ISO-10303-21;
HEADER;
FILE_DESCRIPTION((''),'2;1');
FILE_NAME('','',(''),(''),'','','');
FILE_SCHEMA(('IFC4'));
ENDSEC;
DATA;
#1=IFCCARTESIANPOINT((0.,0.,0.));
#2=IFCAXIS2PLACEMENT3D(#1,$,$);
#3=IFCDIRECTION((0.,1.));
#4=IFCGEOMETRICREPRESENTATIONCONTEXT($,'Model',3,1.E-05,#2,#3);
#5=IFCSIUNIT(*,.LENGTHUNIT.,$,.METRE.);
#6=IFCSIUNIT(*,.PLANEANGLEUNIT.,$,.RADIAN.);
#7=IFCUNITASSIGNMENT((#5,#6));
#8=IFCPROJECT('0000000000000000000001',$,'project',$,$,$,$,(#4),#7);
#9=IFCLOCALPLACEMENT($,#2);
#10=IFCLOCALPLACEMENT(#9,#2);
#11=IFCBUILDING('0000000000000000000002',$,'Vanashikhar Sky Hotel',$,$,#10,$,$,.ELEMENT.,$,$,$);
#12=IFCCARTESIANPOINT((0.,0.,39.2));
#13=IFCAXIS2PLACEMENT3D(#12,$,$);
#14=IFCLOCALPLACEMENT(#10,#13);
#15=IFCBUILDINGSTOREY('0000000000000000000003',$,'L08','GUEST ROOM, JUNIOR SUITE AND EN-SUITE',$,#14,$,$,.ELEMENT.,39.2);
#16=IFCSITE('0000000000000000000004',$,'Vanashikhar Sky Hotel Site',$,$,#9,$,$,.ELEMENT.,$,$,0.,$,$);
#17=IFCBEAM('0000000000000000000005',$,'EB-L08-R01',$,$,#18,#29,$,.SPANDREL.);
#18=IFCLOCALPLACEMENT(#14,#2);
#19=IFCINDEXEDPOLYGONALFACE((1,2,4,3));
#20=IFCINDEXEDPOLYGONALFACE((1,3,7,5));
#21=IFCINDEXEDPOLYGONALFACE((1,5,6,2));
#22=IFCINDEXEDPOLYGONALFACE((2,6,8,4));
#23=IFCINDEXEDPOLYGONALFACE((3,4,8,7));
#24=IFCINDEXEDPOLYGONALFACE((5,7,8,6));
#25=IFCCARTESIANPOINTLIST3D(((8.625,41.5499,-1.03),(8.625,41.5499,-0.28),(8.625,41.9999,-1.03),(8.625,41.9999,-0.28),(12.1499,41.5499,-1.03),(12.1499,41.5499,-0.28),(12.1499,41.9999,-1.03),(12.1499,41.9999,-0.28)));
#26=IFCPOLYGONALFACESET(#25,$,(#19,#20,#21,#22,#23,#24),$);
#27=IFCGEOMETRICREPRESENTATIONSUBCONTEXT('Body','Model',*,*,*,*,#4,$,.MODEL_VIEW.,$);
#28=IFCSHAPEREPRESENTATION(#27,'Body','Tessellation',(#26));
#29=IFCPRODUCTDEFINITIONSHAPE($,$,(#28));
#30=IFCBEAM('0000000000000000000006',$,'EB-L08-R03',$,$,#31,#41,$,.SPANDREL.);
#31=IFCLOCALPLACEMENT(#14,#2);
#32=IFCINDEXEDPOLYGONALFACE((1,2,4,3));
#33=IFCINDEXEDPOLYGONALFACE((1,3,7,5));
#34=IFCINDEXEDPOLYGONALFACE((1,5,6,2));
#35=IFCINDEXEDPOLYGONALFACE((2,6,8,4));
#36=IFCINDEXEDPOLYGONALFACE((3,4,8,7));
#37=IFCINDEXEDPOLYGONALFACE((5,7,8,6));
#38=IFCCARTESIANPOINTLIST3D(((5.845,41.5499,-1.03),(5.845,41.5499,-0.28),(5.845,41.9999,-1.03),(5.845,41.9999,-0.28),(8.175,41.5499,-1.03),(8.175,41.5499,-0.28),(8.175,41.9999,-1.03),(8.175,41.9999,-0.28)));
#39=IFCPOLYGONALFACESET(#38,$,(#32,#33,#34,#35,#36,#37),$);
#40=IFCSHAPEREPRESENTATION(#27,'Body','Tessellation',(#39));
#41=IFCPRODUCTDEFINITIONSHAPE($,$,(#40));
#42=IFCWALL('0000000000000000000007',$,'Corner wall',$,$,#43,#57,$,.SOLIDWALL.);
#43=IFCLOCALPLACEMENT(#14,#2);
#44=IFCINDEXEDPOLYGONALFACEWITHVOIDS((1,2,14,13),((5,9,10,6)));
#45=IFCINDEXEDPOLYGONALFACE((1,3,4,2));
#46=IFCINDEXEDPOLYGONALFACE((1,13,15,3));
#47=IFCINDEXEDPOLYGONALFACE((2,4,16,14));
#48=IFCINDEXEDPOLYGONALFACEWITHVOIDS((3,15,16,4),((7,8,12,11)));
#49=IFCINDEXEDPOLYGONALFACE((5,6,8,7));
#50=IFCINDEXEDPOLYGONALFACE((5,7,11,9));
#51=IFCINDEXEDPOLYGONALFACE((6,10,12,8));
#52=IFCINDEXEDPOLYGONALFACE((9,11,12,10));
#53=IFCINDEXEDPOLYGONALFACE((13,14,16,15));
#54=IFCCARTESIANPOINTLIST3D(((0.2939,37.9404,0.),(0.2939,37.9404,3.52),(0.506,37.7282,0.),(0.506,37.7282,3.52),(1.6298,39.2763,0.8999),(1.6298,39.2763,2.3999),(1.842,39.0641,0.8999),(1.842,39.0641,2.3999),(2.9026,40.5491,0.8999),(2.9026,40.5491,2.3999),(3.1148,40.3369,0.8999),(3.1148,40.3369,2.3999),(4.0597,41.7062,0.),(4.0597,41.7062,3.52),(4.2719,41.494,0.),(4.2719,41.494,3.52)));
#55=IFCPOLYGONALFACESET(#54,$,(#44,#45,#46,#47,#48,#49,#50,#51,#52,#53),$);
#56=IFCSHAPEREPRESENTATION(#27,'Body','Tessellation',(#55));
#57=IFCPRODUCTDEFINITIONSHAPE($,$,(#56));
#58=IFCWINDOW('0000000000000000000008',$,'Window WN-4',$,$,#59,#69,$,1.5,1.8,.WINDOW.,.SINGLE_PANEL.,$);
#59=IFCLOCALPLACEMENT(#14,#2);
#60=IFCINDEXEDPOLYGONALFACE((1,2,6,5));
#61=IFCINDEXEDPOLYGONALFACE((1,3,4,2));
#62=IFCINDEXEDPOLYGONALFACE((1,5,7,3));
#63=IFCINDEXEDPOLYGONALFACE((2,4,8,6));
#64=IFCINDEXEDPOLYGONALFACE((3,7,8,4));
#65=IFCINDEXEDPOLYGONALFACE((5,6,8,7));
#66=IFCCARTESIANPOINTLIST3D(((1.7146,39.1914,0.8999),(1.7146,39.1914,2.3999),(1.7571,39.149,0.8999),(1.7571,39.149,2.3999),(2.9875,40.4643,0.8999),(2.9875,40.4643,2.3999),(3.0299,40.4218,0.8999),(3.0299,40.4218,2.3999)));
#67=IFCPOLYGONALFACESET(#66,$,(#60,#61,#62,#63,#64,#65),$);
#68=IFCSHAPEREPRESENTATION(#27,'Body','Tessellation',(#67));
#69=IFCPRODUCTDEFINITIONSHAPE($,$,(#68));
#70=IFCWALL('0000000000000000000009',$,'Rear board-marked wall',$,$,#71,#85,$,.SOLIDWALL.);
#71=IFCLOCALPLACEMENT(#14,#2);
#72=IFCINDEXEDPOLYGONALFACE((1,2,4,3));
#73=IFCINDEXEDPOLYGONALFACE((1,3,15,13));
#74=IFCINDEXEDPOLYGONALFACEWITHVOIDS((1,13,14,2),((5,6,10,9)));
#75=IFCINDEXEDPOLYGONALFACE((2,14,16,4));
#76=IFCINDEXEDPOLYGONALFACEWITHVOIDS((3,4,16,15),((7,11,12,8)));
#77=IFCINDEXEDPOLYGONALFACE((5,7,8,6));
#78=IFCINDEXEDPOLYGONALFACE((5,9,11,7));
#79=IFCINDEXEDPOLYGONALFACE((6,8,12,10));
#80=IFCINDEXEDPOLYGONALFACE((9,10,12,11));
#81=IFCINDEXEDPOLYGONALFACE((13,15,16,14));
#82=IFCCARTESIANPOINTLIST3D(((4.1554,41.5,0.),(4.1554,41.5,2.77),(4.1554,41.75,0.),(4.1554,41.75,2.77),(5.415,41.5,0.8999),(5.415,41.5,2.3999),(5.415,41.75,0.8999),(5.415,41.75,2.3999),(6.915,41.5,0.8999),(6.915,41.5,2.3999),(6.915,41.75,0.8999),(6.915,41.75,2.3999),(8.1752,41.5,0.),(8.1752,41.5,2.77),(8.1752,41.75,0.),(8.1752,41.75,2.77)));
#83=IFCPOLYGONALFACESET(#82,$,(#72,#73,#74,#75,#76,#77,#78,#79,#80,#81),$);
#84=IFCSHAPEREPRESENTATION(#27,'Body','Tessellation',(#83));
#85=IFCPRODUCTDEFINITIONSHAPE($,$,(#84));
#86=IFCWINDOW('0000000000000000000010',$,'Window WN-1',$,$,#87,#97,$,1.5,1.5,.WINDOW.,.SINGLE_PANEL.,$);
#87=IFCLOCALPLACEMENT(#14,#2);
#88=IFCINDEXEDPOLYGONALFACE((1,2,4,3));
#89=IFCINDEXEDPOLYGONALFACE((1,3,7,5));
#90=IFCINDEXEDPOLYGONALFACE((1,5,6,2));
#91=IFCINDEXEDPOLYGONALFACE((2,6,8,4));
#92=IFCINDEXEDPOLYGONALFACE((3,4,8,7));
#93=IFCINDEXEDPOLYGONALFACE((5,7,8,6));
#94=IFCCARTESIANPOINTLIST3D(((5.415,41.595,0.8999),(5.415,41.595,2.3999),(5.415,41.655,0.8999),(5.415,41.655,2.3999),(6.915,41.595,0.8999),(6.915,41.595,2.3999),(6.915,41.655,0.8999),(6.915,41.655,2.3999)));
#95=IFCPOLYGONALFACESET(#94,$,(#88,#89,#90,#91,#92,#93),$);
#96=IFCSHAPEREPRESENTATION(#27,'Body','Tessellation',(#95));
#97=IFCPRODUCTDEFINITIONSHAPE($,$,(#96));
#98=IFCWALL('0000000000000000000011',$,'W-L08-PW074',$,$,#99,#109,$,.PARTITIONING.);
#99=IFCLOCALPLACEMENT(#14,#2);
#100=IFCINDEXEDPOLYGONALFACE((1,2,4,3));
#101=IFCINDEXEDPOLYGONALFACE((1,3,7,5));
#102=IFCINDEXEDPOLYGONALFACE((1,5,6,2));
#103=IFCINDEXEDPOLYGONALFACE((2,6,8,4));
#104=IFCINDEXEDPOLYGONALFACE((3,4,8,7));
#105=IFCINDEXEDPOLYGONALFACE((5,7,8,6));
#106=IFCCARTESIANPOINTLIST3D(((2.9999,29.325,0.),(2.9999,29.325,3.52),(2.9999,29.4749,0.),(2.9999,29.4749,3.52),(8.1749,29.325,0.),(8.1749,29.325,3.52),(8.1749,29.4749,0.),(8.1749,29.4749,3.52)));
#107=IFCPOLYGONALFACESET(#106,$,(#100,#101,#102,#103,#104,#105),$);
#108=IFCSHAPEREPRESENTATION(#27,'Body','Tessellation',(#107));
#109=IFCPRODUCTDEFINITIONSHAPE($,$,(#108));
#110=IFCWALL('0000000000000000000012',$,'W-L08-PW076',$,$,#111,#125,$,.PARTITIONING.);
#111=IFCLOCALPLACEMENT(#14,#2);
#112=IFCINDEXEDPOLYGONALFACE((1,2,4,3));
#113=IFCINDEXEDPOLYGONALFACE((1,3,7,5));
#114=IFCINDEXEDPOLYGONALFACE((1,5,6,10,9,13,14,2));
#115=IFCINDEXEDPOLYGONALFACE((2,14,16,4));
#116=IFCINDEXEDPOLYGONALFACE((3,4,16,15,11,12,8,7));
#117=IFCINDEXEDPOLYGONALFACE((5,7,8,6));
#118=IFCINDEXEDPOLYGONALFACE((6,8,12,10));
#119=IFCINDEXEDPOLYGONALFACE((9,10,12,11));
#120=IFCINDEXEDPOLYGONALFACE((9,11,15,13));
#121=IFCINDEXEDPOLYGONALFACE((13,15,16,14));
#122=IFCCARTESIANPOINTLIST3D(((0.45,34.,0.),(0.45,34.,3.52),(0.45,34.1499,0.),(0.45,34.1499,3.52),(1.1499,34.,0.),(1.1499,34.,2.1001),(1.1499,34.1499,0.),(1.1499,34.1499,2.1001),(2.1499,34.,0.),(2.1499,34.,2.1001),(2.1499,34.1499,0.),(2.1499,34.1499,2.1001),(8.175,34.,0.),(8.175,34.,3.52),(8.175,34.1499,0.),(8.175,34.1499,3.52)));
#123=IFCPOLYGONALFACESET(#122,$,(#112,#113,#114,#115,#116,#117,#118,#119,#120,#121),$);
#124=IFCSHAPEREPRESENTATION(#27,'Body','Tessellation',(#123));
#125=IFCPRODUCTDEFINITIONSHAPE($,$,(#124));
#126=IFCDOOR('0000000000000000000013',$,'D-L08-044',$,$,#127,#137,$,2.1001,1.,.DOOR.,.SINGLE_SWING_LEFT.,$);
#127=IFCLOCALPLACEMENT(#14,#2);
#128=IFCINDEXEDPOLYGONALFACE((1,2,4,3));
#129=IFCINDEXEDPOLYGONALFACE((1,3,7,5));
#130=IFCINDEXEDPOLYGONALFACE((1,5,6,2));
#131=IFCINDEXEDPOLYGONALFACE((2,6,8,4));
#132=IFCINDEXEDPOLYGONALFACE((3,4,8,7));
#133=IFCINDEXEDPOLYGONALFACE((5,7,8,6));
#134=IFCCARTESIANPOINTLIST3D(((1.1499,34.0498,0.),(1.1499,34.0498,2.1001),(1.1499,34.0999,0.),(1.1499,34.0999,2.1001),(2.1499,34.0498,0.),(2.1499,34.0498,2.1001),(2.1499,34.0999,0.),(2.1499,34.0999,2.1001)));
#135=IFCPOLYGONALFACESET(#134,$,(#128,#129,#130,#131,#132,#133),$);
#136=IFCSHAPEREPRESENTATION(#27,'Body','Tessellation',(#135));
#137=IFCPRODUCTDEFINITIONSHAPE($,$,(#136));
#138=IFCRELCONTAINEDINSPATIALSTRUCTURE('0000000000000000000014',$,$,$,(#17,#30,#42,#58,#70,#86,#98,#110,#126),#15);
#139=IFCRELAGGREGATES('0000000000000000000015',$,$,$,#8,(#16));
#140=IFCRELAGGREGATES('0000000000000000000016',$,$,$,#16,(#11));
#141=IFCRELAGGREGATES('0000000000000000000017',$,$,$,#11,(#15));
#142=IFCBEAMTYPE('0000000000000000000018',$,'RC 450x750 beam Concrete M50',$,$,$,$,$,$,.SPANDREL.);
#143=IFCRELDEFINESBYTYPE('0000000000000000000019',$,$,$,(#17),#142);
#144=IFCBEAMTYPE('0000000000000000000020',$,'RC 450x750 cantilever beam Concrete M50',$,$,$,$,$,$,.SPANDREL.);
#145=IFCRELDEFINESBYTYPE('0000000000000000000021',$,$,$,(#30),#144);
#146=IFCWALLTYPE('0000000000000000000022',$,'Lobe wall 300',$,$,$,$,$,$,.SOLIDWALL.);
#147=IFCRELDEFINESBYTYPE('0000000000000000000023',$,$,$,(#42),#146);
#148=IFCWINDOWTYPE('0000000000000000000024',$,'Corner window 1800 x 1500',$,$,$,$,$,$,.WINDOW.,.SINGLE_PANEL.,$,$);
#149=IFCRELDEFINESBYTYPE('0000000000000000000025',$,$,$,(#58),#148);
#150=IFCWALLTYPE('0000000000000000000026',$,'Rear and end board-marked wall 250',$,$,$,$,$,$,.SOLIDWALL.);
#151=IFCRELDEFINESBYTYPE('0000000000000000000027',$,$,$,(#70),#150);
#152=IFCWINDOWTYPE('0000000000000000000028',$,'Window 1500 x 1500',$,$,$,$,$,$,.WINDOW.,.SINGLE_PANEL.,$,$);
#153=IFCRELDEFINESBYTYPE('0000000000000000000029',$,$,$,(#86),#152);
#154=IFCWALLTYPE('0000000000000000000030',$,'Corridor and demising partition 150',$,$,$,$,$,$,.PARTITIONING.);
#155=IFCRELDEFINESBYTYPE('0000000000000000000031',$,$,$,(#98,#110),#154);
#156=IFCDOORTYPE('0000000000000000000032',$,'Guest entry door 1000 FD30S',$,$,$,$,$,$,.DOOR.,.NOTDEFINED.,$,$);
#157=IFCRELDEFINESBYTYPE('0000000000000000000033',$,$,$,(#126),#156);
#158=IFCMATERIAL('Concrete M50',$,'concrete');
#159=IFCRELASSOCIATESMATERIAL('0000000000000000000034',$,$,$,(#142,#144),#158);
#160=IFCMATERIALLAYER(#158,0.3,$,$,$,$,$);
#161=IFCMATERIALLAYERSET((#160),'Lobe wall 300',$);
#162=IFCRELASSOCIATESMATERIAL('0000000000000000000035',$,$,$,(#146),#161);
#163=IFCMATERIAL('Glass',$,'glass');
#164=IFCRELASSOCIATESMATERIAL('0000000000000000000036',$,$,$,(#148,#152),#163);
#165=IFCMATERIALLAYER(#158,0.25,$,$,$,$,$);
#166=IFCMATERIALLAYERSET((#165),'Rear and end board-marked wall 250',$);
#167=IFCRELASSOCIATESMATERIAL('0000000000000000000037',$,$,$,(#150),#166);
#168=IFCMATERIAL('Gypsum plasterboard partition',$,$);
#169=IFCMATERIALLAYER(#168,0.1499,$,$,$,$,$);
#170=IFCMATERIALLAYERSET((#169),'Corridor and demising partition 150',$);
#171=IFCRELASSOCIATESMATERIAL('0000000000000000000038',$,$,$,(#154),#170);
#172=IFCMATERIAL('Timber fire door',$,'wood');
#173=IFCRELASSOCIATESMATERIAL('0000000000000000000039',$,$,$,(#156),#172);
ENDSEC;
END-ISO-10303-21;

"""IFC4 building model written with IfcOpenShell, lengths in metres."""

from ifc_helpers import new_model, si_unit, direction, frame, frame_2d, origin, origin_2d, place, context, subcontext, project, spatial, rectangle, extrude, source, transform, mapped, material, layer, layer_set, material_profile, profile_set, type_object, element, fill, save


model = new_model("IFC4")

# Units and contexts
model_context = context("Model", 3, precision=1e-05, world=origin(), true_north=direction((0.0, 1.0)))
body_context = subcontext(model_context, "Body", "Model", "MODEL_VIEW")
ifc_project = project(units=[si_unit("LENGTHUNIT", "METRE"), si_unit("PLANEANGLEUNIT", "RADIAN")], contexts=[model_context])

# Site, building, storey
site_placement = place(None, origin())
site = spatial("IfcSite", under=ifc_project, at=site_placement, Name="Vanashikhar Sky Hotel Site", CompositionType="ELEMENT", RefElevation=0.0)
building_placement = place(site_placement, origin())
building = spatial("IfcBuilding", under=site, at=building_placement, Name="Vanashikhar Sky Hotel", CompositionType="ELEMENT")
storey_placement = place(building_placement, frame((0.0, 0.0, 39.2)))
storey = spatial("IfcBuildingStorey", under=building, at=storey_placement, Name="L08", Description="GUEST ROOM, JUNIOR SUITE AND EN-SUITE", CompositionType="ELEMENT", Elevation=39.2)

# Beams
ifc_material_1 = material(Name="Concrete M50", Category="concrete")
ifc_material_profile_1 = material_profile(ifc_material_1, rectangle(XDim=0.45, YDim=0.75, at=origin_2d()))
ifc_profile_set_1 = profile_set([ifc_material_profile_1], Name="RC 450x750 beam Concrete M50")
beam_type_1 = type_object("IfcBeamType", Name="RC 450x750 beam Concrete M50", PredefinedType="SPANDREL", material=ifc_profile_set_1)
shared_shape_1 = source(origin(), body_context, "Body", "SweptSolid", [
    extrude(rectangle(XDim=0.45, YDim=0.75, at=origin_2d()), origin(), (0.0, 0.0, 1.0), 3.5249),
])
beam_1_placement = place(storey_placement, frame((8.625, 41.7749, -0.655), z_axis=(1.0, 0.0, 0.0), x_axis=(0.0, 1.0, 0.0)))
element("IfcBeam", 1, at=beam_1_placement, inside=storey, type_object=beam_type_1, Name="EB-L08-R01", PredefinedType="SPANDREL", context=body_context, shape_type="MappedRepresentation", body=[
    mapped(shared_shape_1, transform((0.0, 0.0, 0.0), scale=1.0)),
])
ifc_material_profile_2 = material_profile(ifc_material_1, rectangle(XDim=0.45, YDim=0.75, at=origin_2d()))
ifc_profile_set_2 = profile_set([ifc_material_profile_2], Name="RC 450x750 cantilever beam Concrete M50")
beam_type_2 = type_object("IfcBeamType", Name="RC 450x750 cantilever beam Concrete M50", PredefinedType="SPANDREL", material=ifc_profile_set_2)
shared_shape_2 = source(origin(), body_context, "Body", "SweptSolid", [
    extrude(rectangle(XDim=0.45, YDim=0.75, at=origin_2d()), origin(), (0.0, 0.0, 1.0), 2.3301),
])
beam_2_placement = place(storey_placement, frame((5.845, 41.7749, -0.655), z_axis=(1.0, 0.0, 0.0), x_axis=(0.0, 1.0, 0.0)))
element("IfcBeam", 2, at=beam_2_placement, inside=storey, type_object=beam_type_2, Name="EB-L08-R03", PredefinedType="SPANDREL", context=body_context, shape_type="MappedRepresentation", body=[
    mapped(shared_shape_2, transform((0.0, 0.0, 0.0), scale=1.0)),
])

# Walls, openings, windows
ifc_layer_1 = layer(ifc_material_1, 0.3)
ifc_layer_set_1 = layer_set([ifc_layer_1], Name="Lobe wall 300")
wall_type_1 = type_object("IfcWallType", Name="Lobe wall 300", PredefinedType="SOLIDWALL", material=ifc_layer_set_1)
shared_shape_3 = source(origin(), body_context, "Body", "SweptSolid", [
    extrude(rectangle(XDim=5.3257, YDim=0.3, at=frame_2d((2.6628, 0.0))), origin(), (0.0, 0.0, 1.0), 3.52),
])
wall_1_placement = place(storey_placement, frame((4.1658, 41.6001, 0.0), z_axis=(0.0, 0.0, 1.0), x_axis=(-0.707107, -0.707107, 0.0)))
wall_1 = element("IfcWall", 3, at=wall_1_placement, inside=storey, type_object=wall_type_1, Name="Corner wall", PredefinedType="SOLIDWALL", context=body_context, shape_type="MappedRepresentation", body=[
    mapped(shared_shape_3, transform((0.0, 0.0, 0.0), scale=1.0)),
])
shared_shape_4 = source(origin(), body_context, "Body", "SweptSolid", [
    extrude(rectangle(XDim=1.8, YDim=1.5, at=frame_2d((0.8999, 0.75))), frame((0.0, 0.1602, 0.0), z_axis=(0.0, -1.0, 0.0), x_axis=(1.0, 0.0, 0.0)), (0.0, 0.0, 1.0), 0.3201),
])
opening_1_placement = place(wall_1_placement, frame((1.6365, 0.0, 0.8999)))
opening_1 = element("IfcOpeningElement", 4, at=opening_1_placement, cuts=wall_1, PredefinedType="OPENING", context=body_context, shape_type="MappedRepresentation", body=[
    mapped(shared_shape_4, transform((0.0, 0.0, 0.0), scale=1.0)),
])
ifc_material_2 = material(Name="Glass", Category="glass")
window_type_1 = type_object("IfcWindowType", Name="Corner window 1800 x 1500", PartitioningType="SINGLE_PANEL", PredefinedType="WINDOW", material=ifc_material_2)
shared_shape_5 = source(origin(), body_context, "Body", "SweptSolid", [
    extrude(rectangle(XDim=1.8, YDim=1.5, at=frame_2d((0.8999, 0.75))), frame((0.0, 0.03, 0.0), z_axis=(0.0, -1.0, 0.0), x_axis=(1.0, 0.0, 0.0)), (0.0, 0.0, 1.0), 0.0601),
])
window_1_placement = place(opening_1_placement, origin())
window_1 = element("IfcWindow", 5, at=window_1_placement, inside=storey, type_object=window_type_1, Name="Window WN-4", OverallHeight=1.5, OverallWidth=1.8, PartitioningType="SINGLE_PANEL", PredefinedType="WINDOW", context=body_context, shape_type="MappedRepresentation", body=[
    mapped(shared_shape_5, transform((0.0, 0.0, 0.0), scale=1.0)),
])
fill(opening_1, window_1)
ifc_layer_2 = layer(ifc_material_1, 0.25)
ifc_layer_set_2 = layer_set([ifc_layer_2], Name="Rear and end board-marked wall 250")
wall_type_2 = type_object("IfcWallType", Name="Rear and end board-marked wall 250", PredefinedType="SOLIDWALL", material=ifc_layer_set_2)
shared_shape_6 = source(origin(), body_context, "Body", "SweptSolid", [
    extrude(rectangle(XDim=4.0198, YDim=0.25, at=frame_2d((2.0098, 0.0))), origin(), (0.0, 0.0, 1.0), 2.77),
])
wall_2_placement = place(storey_placement, frame((8.175, 41.625, 0.0), z_axis=(0.0, 0.0, 1.0), x_axis=(-1.0, 0.0, 0.0)))
wall_2 = element("IfcWall", 6, at=wall_2_placement, inside=storey, type_object=wall_type_2, Name="Rear board-marked wall", PredefinedType="SOLIDWALL", context=body_context, shape_type="MappedRepresentation", body=[
    mapped(shared_shape_6, transform((0.0, 0.0, 0.0), scale=1.0)),
])
shared_shape_7 = source(origin(), body_context, "Body", "SweptSolid", [
    extrude(rectangle(XDim=1.5, YDim=1.5, at=frame_2d((0.75, 0.75))), frame((0.0, 0.135, 0.0), z_axis=(0.0, -1.0, 0.0), x_axis=(1.0, 0.0, 0.0)), (0.0, 0.0, 1.0), 0.27),
])
opening_2_placement = place(wall_2_placement, frame((1.26, 0.0, 0.8999)))
opening_2 = element("IfcOpeningElement", 7, at=opening_2_placement, cuts=wall_2, PredefinedType="OPENING", context=body_context, shape_type="MappedRepresentation", body=[
    mapped(shared_shape_7, transform((0.0, 0.0, 0.0), scale=1.0)),
])
window_type_2 = type_object("IfcWindowType", Name="Window 1500 x 1500", PartitioningType="SINGLE_PANEL", PredefinedType="WINDOW", material=ifc_material_2)
shared_shape_8 = source(origin(), body_context, "Body", "SweptSolid", [
    extrude(rectangle(XDim=1.5, YDim=1.5, at=frame_2d((0.75, 0.75))), frame((0.0, 0.03, 0.0), z_axis=(0.0, -1.0, 0.0), x_axis=(1.0, 0.0, 0.0)), (0.0, 0.0, 1.0), 0.0601),
])
window_2_placement = place(opening_2_placement, origin())
window_2 = element("IfcWindow", 8, at=window_2_placement, inside=storey, type_object=window_type_2, Name="Window WN-1", OverallHeight=1.5, OverallWidth=1.5, PartitioningType="SINGLE_PANEL", PredefinedType="WINDOW", context=body_context, shape_type="MappedRepresentation", body=[
    mapped(shared_shape_8, transform((0.0, 0.0, 0.0), scale=1.0)),
])
fill(opening_2, window_2)

# Wall
ifc_material_3 = material(Name="Gypsum plasterboard partition")
ifc_layer_3 = layer(ifc_material_3, 0.1499)
ifc_layer_set_3 = layer_set([ifc_layer_3], Name="Corridor and demising partition 150")
wall_type_3 = type_object("IfcWallType", Name="Corridor and demising partition 150", PredefinedType="PARTITIONING", material=ifc_layer_set_3)
shared_shape_9 = source(origin(), body_context, "Body", "SweptSolid", [
    extrude(rectangle(XDim=5.175, YDim=0.1499, at=frame_2d((2.5874, 0.0))), origin(), (0.0, 0.0, 1.0), 3.52),
])
wall_3_placement = place(storey_placement, frame((3.0, 29.3999, 0.0), z_axis=(0.0, 0.0, 1.0), x_axis=(1.0, 0.0, 0.0)))
element("IfcWall", 9, at=wall_3_placement, inside=storey, type_object=wall_type_3, Name="W-L08-PW074", PredefinedType="PARTITIONING", context=body_context, shape_type="MappedRepresentation", body=[
    mapped(shared_shape_9, transform((0.0, 0.0, 0.0), scale=1.0)),
])

# Wall, opening, door
shared_shape_10 = source(origin(), body_context, "Body", "SweptSolid", [
    extrude(rectangle(XDim=7.7251, YDim=0.1499, at=frame_2d((3.8625, 0.0))), origin(), (0.0, 0.0, 1.0), 3.52),
])
wall_4_placement = place(storey_placement, frame((0.45, 34.075, 0.0), z_axis=(0.0, 0.0, 1.0), x_axis=(1.0, 0.0, 0.0)))
wall_4 = element("IfcWall", 10, at=wall_4_placement, inside=storey, type_object=wall_type_3, Name="W-L08-PW076", PredefinedType="PARTITIONING", context=body_context, shape_type="MappedRepresentation", body=[
    mapped(shared_shape_10, transform((0.0, 0.0, 0.0), scale=1.0)),
])
shared_shape_11 = source(origin(), body_context, "Body", "SweptSolid", [
    extrude(rectangle(XDim=1.0, YDim=2.1001, at=frame_2d((0.5, 1.05))), frame((0.0, 0.085, 0.0), z_axis=(0.0, -1.0, 0.0), x_axis=(1.0, 0.0, 0.0)), (0.0, 0.0, 1.0), 0.1699),
])
opening_3_placement = place(wall_4_placement, frame((0.7, 0.0, 0.0)))
opening_3 = element("IfcOpeningElement", 11, at=opening_3_placement, cuts=wall_4, PredefinedType="OPENING", context=body_context, shape_type="MappedRepresentation", body=[
    mapped(shared_shape_11, transform((0.0, 0.0, 0.0), scale=1.0)),
])
ifc_material_4 = material(Name="Timber fire door", Category="wood")
door_type_1 = type_object("IfcDoorType", Name="Guest entry door 1000 FD30S", OperationType="NOTDEFINED", PredefinedType="DOOR", material=ifc_material_4)
shared_shape_12 = source(origin(), body_context, "Body", "SweptSolid", [
    extrude(rectangle(XDim=1.0, YDim=2.1001, at=frame_2d((0.5, 1.05))), frame((0.0, 0.0249, 0.0), z_axis=(0.0, -1.0, 0.0), x_axis=(1.0, 0.0, 0.0)), (0.0, 0.0, 1.0), 0.05),
])
door_1_placement = place(opening_3_placement, origin())
door_1 = element("IfcDoor", 12, at=door_1_placement, inside=storey, type_object=door_type_1, Name="D-L08-044", OperationType="SINGLE_SWING_LEFT", OverallHeight=2.1001, OverallWidth=1.0, PredefinedType="DOOR", context=body_context, shape_type="MappedRepresentation", body=[
    mapped(shared_shape_12, transform((0.0, 0.0, 0.0), scale=1.0)),
])
fill(opening_3, door_1)

save(model, "model.ifc")
